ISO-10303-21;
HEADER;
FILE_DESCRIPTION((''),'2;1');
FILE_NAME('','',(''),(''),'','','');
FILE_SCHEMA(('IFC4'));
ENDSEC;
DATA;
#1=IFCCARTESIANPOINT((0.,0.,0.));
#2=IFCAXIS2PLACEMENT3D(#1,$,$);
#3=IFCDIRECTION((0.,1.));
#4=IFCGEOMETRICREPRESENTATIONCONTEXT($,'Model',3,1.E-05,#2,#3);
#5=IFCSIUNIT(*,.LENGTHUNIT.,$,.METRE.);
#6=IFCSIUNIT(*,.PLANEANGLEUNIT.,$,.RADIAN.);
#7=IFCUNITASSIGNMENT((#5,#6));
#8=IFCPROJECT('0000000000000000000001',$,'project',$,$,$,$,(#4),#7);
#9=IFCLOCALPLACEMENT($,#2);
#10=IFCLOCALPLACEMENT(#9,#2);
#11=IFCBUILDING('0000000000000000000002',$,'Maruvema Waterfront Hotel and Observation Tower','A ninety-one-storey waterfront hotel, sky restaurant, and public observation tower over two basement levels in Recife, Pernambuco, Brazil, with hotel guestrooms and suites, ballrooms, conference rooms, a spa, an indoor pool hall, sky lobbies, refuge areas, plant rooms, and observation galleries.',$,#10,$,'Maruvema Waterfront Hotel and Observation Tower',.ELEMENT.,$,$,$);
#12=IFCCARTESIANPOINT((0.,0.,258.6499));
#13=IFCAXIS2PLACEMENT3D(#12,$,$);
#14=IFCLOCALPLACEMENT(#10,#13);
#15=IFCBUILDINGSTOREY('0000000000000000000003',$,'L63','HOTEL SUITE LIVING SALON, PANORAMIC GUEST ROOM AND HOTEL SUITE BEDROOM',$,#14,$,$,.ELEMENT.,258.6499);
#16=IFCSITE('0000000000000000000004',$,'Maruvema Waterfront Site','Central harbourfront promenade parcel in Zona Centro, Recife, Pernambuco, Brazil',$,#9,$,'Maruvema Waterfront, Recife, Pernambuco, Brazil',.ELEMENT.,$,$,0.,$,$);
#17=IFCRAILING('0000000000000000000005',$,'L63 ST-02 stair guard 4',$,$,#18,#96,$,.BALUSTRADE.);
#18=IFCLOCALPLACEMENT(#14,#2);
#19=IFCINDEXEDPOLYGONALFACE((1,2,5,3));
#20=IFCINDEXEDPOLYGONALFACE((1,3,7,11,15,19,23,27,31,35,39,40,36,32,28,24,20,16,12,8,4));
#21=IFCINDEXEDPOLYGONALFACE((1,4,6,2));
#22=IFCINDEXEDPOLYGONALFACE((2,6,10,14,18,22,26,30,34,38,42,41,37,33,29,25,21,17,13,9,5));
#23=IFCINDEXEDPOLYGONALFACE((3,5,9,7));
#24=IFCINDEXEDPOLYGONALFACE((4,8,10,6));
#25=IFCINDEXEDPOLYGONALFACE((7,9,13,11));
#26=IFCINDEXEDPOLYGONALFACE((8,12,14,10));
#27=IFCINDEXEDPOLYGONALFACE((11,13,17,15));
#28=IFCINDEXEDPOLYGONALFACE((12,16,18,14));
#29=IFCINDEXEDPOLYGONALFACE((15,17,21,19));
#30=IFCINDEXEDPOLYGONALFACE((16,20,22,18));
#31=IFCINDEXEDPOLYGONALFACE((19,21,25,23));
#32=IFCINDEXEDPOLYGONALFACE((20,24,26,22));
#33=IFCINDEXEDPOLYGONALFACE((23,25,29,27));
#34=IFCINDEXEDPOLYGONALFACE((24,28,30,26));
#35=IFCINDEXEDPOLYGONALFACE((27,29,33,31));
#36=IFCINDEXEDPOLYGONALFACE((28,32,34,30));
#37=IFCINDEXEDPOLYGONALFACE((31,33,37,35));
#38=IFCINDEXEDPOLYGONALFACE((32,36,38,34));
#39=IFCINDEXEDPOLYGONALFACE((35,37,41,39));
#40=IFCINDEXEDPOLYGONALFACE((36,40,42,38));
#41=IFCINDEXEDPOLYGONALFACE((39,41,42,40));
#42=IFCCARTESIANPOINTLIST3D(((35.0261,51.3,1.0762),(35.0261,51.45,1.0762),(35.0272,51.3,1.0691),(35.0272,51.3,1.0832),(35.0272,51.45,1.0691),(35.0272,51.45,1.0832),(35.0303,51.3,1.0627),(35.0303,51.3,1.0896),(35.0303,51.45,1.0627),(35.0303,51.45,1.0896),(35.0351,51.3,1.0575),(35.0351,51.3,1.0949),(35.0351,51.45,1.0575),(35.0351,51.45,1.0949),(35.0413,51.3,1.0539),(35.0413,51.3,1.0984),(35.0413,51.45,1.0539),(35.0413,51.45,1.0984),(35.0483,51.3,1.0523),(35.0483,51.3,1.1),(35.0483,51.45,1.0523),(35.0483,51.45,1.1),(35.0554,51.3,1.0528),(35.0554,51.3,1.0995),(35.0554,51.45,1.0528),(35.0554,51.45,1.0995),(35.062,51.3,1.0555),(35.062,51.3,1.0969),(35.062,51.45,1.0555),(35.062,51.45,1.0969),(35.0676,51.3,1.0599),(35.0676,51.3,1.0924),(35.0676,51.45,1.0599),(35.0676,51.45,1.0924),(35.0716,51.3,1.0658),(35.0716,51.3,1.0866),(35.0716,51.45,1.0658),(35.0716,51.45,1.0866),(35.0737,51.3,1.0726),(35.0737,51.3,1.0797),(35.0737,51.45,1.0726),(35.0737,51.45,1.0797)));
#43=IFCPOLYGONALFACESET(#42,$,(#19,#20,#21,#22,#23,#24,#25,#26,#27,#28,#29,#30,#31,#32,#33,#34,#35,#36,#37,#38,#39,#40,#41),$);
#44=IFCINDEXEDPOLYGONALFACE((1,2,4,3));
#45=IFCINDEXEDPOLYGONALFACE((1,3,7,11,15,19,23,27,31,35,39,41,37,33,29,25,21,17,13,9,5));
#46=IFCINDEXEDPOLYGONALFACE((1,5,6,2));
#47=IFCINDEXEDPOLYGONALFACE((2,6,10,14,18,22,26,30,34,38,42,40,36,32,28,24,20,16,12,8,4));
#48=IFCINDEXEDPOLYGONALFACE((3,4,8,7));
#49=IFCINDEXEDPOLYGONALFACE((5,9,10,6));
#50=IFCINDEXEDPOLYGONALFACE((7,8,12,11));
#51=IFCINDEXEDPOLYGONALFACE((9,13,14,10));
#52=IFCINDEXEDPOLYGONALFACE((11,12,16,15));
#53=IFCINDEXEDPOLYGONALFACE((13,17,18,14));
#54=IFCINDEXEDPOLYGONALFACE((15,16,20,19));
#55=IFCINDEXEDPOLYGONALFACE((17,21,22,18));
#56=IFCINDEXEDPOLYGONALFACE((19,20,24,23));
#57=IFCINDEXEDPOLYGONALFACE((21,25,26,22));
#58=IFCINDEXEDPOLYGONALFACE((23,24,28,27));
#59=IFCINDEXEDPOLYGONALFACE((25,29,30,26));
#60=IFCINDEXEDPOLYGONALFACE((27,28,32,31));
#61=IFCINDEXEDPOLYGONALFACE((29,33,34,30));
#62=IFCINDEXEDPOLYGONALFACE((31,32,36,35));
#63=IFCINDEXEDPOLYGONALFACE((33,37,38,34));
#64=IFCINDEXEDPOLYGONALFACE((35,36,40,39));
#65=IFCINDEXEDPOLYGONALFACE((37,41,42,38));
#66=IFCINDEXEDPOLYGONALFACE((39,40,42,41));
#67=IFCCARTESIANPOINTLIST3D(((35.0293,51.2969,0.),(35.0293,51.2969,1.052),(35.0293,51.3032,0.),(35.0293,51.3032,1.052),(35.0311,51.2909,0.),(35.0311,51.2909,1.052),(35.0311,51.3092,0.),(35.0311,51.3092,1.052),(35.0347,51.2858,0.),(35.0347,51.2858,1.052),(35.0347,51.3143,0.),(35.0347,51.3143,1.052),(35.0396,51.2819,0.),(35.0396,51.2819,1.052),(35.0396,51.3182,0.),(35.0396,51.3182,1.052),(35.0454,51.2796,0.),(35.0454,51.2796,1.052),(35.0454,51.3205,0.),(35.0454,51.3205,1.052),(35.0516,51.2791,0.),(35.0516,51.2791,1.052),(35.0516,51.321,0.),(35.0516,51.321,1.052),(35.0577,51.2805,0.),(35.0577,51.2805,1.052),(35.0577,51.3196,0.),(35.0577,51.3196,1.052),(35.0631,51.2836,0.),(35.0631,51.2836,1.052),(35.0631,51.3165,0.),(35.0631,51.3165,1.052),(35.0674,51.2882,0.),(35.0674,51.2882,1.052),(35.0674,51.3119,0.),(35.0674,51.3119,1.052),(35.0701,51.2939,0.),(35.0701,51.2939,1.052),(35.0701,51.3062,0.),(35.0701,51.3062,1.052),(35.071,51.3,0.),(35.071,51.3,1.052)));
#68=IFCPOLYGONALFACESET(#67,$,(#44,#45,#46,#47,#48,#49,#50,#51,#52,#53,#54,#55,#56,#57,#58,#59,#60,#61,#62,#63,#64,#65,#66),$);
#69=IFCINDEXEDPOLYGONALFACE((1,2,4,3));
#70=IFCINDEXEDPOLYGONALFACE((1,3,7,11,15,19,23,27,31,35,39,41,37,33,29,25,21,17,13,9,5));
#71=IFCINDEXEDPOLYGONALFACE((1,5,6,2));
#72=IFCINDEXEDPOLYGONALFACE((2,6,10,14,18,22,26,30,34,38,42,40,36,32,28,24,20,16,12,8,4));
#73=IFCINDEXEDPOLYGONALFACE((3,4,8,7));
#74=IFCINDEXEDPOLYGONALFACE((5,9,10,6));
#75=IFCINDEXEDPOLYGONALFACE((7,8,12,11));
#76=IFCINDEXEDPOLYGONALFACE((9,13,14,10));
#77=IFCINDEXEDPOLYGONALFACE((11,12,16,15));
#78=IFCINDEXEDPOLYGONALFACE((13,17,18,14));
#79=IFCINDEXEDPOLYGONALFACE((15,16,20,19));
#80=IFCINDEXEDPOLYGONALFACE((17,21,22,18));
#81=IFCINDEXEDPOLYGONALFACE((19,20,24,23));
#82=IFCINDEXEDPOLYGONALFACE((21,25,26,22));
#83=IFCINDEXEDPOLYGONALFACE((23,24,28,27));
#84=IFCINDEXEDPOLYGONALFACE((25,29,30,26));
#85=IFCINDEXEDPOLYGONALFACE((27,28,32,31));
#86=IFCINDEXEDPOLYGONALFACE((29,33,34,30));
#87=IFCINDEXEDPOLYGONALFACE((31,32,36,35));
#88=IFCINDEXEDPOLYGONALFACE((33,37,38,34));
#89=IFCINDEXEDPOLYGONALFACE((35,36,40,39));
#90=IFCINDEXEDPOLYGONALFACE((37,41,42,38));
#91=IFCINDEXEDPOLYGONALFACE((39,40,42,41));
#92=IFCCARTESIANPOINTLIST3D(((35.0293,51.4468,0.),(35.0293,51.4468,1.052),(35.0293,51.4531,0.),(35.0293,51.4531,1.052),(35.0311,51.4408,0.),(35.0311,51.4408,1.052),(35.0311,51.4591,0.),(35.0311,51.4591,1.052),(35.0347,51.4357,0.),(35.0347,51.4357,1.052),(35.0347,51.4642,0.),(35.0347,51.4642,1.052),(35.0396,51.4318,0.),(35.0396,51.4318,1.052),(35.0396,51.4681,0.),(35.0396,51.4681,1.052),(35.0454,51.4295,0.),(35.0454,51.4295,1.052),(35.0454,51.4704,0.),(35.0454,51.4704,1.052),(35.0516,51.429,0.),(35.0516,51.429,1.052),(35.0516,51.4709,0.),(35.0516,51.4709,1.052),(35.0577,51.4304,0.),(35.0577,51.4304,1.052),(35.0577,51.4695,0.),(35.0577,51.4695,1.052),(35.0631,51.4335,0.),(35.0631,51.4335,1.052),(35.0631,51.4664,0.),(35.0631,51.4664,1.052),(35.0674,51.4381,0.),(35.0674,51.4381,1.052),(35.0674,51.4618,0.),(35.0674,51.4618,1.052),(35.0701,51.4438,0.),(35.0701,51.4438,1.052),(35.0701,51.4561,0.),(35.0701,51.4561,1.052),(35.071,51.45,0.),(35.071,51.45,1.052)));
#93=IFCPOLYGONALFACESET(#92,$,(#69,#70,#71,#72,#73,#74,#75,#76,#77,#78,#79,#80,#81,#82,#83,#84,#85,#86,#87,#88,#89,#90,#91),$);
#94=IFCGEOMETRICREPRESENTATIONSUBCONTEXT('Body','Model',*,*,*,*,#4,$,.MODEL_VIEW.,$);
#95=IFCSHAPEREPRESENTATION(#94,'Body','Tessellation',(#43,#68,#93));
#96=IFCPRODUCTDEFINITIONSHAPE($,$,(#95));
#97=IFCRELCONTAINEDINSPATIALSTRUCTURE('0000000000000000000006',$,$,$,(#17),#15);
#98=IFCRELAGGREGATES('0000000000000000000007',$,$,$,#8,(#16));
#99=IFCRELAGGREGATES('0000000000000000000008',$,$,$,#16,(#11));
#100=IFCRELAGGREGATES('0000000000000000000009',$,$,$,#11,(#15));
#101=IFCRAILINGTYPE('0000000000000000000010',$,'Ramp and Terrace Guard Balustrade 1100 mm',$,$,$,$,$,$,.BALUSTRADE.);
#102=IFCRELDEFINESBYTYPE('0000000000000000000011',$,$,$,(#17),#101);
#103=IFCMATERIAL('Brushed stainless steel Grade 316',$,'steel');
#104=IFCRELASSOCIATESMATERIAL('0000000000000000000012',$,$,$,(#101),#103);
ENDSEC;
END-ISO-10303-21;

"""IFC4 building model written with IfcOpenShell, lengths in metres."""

from ifc_helpers import new_model, si_unit, direction, frame, origin, origin_2d, place, context, subcontext, project, spatial, circle, extrude, material, type_object, element, save


model = new_model("IFC4")

# Units and contexts
model_context = context("Model", 3, precision=1e-05, world=origin(), true_north=direction((0.0, 1.0)))
body_context = subcontext(model_context, "Body", "Model", "MODEL_VIEW")
ifc_project = project(units=[si_unit("LENGTHUNIT", "METRE"), si_unit("PLANEANGLEUNIT", "RADIAN")], contexts=[model_context])

# Site, building, storey
site_placement = place(None, origin())
site = spatial("IfcSite", under=ifc_project, at=site_placement, Name="Maruvema Waterfront Site", Description="Central harbourfront promenade parcel in Zona Centro, Recife, Pernambuco, Brazil", LongName="Maruvema Waterfront, Recife, Pernambuco, Brazil", CompositionType="ELEMENT", RefElevation=0.0)
building_placement = place(site_placement, origin())
building = spatial("IfcBuilding", under=site, at=building_placement, Name="Maruvema Waterfront Hotel and Observation Tower", Description="A ninety-one-storey waterfront hotel, sky restaurant, and public observation tower over two basement levels in Recife, Pernambuco, Brazil, with hotel guestrooms and suites, ballrooms, conference rooms, a spa, an indoor pool hall, sky lobbies, refuge areas, plant rooms, and observation galleries.", LongName="Maruvema Waterfront Hotel and Observation Tower", CompositionType="ELEMENT")
storey_placement = place(building_placement, frame((0.0, 0.0, 258.6499)))
storey = spatial("IfcBuildingStorey", under=building, at=storey_placement, Name="L63", Description="HOTEL SUITE LIVING SALON, PANORAMIC GUEST ROOM AND HOTEL SUITE BEDROOM", CompositionType="ELEMENT", Elevation=258.6499)

# Railing
ifc_material_1 = material(Name="Brushed stainless steel Grade 316", Category="steel")
railing_type_1 = type_object("IfcRailingType", Name="Ramp and Terrace Guard Balustrade 1100 mm", PredefinedType="BALUSTRADE", material=ifc_material_1)
railing_1_placement = place(storey_placement, frame((35.05, 51.3, 0.0)))
element("IfcRailing", 1, at=railing_1_placement, inside=storey, type_object=railing_type_1, Name="L63 ST-02 stair guard 4", PredefinedType="BALUSTRADE", context=body_context, shape_type="SweptSolid", body=[
    extrude(circle(Radius=0.0239, at=origin_2d()), frame((0.0, 0.0, 1.0762), z_axis=(0.0, 1.0, 0.0), x_axis=(-1.0, 0.0, 0.0)), (0.0, 0.0, 1.0), 0.1499),
    extrude(circle(Radius=0.021, at=origin_2d()), origin(), (0.0, 0.0, 1.0), 1.052),
    extrude(circle(Radius=0.021, at=origin_2d()), frame((0.0, 0.1499, 0.0)), (0.0, 0.0, 1.0), 1.052),
])

save(model, "model.ifc")
